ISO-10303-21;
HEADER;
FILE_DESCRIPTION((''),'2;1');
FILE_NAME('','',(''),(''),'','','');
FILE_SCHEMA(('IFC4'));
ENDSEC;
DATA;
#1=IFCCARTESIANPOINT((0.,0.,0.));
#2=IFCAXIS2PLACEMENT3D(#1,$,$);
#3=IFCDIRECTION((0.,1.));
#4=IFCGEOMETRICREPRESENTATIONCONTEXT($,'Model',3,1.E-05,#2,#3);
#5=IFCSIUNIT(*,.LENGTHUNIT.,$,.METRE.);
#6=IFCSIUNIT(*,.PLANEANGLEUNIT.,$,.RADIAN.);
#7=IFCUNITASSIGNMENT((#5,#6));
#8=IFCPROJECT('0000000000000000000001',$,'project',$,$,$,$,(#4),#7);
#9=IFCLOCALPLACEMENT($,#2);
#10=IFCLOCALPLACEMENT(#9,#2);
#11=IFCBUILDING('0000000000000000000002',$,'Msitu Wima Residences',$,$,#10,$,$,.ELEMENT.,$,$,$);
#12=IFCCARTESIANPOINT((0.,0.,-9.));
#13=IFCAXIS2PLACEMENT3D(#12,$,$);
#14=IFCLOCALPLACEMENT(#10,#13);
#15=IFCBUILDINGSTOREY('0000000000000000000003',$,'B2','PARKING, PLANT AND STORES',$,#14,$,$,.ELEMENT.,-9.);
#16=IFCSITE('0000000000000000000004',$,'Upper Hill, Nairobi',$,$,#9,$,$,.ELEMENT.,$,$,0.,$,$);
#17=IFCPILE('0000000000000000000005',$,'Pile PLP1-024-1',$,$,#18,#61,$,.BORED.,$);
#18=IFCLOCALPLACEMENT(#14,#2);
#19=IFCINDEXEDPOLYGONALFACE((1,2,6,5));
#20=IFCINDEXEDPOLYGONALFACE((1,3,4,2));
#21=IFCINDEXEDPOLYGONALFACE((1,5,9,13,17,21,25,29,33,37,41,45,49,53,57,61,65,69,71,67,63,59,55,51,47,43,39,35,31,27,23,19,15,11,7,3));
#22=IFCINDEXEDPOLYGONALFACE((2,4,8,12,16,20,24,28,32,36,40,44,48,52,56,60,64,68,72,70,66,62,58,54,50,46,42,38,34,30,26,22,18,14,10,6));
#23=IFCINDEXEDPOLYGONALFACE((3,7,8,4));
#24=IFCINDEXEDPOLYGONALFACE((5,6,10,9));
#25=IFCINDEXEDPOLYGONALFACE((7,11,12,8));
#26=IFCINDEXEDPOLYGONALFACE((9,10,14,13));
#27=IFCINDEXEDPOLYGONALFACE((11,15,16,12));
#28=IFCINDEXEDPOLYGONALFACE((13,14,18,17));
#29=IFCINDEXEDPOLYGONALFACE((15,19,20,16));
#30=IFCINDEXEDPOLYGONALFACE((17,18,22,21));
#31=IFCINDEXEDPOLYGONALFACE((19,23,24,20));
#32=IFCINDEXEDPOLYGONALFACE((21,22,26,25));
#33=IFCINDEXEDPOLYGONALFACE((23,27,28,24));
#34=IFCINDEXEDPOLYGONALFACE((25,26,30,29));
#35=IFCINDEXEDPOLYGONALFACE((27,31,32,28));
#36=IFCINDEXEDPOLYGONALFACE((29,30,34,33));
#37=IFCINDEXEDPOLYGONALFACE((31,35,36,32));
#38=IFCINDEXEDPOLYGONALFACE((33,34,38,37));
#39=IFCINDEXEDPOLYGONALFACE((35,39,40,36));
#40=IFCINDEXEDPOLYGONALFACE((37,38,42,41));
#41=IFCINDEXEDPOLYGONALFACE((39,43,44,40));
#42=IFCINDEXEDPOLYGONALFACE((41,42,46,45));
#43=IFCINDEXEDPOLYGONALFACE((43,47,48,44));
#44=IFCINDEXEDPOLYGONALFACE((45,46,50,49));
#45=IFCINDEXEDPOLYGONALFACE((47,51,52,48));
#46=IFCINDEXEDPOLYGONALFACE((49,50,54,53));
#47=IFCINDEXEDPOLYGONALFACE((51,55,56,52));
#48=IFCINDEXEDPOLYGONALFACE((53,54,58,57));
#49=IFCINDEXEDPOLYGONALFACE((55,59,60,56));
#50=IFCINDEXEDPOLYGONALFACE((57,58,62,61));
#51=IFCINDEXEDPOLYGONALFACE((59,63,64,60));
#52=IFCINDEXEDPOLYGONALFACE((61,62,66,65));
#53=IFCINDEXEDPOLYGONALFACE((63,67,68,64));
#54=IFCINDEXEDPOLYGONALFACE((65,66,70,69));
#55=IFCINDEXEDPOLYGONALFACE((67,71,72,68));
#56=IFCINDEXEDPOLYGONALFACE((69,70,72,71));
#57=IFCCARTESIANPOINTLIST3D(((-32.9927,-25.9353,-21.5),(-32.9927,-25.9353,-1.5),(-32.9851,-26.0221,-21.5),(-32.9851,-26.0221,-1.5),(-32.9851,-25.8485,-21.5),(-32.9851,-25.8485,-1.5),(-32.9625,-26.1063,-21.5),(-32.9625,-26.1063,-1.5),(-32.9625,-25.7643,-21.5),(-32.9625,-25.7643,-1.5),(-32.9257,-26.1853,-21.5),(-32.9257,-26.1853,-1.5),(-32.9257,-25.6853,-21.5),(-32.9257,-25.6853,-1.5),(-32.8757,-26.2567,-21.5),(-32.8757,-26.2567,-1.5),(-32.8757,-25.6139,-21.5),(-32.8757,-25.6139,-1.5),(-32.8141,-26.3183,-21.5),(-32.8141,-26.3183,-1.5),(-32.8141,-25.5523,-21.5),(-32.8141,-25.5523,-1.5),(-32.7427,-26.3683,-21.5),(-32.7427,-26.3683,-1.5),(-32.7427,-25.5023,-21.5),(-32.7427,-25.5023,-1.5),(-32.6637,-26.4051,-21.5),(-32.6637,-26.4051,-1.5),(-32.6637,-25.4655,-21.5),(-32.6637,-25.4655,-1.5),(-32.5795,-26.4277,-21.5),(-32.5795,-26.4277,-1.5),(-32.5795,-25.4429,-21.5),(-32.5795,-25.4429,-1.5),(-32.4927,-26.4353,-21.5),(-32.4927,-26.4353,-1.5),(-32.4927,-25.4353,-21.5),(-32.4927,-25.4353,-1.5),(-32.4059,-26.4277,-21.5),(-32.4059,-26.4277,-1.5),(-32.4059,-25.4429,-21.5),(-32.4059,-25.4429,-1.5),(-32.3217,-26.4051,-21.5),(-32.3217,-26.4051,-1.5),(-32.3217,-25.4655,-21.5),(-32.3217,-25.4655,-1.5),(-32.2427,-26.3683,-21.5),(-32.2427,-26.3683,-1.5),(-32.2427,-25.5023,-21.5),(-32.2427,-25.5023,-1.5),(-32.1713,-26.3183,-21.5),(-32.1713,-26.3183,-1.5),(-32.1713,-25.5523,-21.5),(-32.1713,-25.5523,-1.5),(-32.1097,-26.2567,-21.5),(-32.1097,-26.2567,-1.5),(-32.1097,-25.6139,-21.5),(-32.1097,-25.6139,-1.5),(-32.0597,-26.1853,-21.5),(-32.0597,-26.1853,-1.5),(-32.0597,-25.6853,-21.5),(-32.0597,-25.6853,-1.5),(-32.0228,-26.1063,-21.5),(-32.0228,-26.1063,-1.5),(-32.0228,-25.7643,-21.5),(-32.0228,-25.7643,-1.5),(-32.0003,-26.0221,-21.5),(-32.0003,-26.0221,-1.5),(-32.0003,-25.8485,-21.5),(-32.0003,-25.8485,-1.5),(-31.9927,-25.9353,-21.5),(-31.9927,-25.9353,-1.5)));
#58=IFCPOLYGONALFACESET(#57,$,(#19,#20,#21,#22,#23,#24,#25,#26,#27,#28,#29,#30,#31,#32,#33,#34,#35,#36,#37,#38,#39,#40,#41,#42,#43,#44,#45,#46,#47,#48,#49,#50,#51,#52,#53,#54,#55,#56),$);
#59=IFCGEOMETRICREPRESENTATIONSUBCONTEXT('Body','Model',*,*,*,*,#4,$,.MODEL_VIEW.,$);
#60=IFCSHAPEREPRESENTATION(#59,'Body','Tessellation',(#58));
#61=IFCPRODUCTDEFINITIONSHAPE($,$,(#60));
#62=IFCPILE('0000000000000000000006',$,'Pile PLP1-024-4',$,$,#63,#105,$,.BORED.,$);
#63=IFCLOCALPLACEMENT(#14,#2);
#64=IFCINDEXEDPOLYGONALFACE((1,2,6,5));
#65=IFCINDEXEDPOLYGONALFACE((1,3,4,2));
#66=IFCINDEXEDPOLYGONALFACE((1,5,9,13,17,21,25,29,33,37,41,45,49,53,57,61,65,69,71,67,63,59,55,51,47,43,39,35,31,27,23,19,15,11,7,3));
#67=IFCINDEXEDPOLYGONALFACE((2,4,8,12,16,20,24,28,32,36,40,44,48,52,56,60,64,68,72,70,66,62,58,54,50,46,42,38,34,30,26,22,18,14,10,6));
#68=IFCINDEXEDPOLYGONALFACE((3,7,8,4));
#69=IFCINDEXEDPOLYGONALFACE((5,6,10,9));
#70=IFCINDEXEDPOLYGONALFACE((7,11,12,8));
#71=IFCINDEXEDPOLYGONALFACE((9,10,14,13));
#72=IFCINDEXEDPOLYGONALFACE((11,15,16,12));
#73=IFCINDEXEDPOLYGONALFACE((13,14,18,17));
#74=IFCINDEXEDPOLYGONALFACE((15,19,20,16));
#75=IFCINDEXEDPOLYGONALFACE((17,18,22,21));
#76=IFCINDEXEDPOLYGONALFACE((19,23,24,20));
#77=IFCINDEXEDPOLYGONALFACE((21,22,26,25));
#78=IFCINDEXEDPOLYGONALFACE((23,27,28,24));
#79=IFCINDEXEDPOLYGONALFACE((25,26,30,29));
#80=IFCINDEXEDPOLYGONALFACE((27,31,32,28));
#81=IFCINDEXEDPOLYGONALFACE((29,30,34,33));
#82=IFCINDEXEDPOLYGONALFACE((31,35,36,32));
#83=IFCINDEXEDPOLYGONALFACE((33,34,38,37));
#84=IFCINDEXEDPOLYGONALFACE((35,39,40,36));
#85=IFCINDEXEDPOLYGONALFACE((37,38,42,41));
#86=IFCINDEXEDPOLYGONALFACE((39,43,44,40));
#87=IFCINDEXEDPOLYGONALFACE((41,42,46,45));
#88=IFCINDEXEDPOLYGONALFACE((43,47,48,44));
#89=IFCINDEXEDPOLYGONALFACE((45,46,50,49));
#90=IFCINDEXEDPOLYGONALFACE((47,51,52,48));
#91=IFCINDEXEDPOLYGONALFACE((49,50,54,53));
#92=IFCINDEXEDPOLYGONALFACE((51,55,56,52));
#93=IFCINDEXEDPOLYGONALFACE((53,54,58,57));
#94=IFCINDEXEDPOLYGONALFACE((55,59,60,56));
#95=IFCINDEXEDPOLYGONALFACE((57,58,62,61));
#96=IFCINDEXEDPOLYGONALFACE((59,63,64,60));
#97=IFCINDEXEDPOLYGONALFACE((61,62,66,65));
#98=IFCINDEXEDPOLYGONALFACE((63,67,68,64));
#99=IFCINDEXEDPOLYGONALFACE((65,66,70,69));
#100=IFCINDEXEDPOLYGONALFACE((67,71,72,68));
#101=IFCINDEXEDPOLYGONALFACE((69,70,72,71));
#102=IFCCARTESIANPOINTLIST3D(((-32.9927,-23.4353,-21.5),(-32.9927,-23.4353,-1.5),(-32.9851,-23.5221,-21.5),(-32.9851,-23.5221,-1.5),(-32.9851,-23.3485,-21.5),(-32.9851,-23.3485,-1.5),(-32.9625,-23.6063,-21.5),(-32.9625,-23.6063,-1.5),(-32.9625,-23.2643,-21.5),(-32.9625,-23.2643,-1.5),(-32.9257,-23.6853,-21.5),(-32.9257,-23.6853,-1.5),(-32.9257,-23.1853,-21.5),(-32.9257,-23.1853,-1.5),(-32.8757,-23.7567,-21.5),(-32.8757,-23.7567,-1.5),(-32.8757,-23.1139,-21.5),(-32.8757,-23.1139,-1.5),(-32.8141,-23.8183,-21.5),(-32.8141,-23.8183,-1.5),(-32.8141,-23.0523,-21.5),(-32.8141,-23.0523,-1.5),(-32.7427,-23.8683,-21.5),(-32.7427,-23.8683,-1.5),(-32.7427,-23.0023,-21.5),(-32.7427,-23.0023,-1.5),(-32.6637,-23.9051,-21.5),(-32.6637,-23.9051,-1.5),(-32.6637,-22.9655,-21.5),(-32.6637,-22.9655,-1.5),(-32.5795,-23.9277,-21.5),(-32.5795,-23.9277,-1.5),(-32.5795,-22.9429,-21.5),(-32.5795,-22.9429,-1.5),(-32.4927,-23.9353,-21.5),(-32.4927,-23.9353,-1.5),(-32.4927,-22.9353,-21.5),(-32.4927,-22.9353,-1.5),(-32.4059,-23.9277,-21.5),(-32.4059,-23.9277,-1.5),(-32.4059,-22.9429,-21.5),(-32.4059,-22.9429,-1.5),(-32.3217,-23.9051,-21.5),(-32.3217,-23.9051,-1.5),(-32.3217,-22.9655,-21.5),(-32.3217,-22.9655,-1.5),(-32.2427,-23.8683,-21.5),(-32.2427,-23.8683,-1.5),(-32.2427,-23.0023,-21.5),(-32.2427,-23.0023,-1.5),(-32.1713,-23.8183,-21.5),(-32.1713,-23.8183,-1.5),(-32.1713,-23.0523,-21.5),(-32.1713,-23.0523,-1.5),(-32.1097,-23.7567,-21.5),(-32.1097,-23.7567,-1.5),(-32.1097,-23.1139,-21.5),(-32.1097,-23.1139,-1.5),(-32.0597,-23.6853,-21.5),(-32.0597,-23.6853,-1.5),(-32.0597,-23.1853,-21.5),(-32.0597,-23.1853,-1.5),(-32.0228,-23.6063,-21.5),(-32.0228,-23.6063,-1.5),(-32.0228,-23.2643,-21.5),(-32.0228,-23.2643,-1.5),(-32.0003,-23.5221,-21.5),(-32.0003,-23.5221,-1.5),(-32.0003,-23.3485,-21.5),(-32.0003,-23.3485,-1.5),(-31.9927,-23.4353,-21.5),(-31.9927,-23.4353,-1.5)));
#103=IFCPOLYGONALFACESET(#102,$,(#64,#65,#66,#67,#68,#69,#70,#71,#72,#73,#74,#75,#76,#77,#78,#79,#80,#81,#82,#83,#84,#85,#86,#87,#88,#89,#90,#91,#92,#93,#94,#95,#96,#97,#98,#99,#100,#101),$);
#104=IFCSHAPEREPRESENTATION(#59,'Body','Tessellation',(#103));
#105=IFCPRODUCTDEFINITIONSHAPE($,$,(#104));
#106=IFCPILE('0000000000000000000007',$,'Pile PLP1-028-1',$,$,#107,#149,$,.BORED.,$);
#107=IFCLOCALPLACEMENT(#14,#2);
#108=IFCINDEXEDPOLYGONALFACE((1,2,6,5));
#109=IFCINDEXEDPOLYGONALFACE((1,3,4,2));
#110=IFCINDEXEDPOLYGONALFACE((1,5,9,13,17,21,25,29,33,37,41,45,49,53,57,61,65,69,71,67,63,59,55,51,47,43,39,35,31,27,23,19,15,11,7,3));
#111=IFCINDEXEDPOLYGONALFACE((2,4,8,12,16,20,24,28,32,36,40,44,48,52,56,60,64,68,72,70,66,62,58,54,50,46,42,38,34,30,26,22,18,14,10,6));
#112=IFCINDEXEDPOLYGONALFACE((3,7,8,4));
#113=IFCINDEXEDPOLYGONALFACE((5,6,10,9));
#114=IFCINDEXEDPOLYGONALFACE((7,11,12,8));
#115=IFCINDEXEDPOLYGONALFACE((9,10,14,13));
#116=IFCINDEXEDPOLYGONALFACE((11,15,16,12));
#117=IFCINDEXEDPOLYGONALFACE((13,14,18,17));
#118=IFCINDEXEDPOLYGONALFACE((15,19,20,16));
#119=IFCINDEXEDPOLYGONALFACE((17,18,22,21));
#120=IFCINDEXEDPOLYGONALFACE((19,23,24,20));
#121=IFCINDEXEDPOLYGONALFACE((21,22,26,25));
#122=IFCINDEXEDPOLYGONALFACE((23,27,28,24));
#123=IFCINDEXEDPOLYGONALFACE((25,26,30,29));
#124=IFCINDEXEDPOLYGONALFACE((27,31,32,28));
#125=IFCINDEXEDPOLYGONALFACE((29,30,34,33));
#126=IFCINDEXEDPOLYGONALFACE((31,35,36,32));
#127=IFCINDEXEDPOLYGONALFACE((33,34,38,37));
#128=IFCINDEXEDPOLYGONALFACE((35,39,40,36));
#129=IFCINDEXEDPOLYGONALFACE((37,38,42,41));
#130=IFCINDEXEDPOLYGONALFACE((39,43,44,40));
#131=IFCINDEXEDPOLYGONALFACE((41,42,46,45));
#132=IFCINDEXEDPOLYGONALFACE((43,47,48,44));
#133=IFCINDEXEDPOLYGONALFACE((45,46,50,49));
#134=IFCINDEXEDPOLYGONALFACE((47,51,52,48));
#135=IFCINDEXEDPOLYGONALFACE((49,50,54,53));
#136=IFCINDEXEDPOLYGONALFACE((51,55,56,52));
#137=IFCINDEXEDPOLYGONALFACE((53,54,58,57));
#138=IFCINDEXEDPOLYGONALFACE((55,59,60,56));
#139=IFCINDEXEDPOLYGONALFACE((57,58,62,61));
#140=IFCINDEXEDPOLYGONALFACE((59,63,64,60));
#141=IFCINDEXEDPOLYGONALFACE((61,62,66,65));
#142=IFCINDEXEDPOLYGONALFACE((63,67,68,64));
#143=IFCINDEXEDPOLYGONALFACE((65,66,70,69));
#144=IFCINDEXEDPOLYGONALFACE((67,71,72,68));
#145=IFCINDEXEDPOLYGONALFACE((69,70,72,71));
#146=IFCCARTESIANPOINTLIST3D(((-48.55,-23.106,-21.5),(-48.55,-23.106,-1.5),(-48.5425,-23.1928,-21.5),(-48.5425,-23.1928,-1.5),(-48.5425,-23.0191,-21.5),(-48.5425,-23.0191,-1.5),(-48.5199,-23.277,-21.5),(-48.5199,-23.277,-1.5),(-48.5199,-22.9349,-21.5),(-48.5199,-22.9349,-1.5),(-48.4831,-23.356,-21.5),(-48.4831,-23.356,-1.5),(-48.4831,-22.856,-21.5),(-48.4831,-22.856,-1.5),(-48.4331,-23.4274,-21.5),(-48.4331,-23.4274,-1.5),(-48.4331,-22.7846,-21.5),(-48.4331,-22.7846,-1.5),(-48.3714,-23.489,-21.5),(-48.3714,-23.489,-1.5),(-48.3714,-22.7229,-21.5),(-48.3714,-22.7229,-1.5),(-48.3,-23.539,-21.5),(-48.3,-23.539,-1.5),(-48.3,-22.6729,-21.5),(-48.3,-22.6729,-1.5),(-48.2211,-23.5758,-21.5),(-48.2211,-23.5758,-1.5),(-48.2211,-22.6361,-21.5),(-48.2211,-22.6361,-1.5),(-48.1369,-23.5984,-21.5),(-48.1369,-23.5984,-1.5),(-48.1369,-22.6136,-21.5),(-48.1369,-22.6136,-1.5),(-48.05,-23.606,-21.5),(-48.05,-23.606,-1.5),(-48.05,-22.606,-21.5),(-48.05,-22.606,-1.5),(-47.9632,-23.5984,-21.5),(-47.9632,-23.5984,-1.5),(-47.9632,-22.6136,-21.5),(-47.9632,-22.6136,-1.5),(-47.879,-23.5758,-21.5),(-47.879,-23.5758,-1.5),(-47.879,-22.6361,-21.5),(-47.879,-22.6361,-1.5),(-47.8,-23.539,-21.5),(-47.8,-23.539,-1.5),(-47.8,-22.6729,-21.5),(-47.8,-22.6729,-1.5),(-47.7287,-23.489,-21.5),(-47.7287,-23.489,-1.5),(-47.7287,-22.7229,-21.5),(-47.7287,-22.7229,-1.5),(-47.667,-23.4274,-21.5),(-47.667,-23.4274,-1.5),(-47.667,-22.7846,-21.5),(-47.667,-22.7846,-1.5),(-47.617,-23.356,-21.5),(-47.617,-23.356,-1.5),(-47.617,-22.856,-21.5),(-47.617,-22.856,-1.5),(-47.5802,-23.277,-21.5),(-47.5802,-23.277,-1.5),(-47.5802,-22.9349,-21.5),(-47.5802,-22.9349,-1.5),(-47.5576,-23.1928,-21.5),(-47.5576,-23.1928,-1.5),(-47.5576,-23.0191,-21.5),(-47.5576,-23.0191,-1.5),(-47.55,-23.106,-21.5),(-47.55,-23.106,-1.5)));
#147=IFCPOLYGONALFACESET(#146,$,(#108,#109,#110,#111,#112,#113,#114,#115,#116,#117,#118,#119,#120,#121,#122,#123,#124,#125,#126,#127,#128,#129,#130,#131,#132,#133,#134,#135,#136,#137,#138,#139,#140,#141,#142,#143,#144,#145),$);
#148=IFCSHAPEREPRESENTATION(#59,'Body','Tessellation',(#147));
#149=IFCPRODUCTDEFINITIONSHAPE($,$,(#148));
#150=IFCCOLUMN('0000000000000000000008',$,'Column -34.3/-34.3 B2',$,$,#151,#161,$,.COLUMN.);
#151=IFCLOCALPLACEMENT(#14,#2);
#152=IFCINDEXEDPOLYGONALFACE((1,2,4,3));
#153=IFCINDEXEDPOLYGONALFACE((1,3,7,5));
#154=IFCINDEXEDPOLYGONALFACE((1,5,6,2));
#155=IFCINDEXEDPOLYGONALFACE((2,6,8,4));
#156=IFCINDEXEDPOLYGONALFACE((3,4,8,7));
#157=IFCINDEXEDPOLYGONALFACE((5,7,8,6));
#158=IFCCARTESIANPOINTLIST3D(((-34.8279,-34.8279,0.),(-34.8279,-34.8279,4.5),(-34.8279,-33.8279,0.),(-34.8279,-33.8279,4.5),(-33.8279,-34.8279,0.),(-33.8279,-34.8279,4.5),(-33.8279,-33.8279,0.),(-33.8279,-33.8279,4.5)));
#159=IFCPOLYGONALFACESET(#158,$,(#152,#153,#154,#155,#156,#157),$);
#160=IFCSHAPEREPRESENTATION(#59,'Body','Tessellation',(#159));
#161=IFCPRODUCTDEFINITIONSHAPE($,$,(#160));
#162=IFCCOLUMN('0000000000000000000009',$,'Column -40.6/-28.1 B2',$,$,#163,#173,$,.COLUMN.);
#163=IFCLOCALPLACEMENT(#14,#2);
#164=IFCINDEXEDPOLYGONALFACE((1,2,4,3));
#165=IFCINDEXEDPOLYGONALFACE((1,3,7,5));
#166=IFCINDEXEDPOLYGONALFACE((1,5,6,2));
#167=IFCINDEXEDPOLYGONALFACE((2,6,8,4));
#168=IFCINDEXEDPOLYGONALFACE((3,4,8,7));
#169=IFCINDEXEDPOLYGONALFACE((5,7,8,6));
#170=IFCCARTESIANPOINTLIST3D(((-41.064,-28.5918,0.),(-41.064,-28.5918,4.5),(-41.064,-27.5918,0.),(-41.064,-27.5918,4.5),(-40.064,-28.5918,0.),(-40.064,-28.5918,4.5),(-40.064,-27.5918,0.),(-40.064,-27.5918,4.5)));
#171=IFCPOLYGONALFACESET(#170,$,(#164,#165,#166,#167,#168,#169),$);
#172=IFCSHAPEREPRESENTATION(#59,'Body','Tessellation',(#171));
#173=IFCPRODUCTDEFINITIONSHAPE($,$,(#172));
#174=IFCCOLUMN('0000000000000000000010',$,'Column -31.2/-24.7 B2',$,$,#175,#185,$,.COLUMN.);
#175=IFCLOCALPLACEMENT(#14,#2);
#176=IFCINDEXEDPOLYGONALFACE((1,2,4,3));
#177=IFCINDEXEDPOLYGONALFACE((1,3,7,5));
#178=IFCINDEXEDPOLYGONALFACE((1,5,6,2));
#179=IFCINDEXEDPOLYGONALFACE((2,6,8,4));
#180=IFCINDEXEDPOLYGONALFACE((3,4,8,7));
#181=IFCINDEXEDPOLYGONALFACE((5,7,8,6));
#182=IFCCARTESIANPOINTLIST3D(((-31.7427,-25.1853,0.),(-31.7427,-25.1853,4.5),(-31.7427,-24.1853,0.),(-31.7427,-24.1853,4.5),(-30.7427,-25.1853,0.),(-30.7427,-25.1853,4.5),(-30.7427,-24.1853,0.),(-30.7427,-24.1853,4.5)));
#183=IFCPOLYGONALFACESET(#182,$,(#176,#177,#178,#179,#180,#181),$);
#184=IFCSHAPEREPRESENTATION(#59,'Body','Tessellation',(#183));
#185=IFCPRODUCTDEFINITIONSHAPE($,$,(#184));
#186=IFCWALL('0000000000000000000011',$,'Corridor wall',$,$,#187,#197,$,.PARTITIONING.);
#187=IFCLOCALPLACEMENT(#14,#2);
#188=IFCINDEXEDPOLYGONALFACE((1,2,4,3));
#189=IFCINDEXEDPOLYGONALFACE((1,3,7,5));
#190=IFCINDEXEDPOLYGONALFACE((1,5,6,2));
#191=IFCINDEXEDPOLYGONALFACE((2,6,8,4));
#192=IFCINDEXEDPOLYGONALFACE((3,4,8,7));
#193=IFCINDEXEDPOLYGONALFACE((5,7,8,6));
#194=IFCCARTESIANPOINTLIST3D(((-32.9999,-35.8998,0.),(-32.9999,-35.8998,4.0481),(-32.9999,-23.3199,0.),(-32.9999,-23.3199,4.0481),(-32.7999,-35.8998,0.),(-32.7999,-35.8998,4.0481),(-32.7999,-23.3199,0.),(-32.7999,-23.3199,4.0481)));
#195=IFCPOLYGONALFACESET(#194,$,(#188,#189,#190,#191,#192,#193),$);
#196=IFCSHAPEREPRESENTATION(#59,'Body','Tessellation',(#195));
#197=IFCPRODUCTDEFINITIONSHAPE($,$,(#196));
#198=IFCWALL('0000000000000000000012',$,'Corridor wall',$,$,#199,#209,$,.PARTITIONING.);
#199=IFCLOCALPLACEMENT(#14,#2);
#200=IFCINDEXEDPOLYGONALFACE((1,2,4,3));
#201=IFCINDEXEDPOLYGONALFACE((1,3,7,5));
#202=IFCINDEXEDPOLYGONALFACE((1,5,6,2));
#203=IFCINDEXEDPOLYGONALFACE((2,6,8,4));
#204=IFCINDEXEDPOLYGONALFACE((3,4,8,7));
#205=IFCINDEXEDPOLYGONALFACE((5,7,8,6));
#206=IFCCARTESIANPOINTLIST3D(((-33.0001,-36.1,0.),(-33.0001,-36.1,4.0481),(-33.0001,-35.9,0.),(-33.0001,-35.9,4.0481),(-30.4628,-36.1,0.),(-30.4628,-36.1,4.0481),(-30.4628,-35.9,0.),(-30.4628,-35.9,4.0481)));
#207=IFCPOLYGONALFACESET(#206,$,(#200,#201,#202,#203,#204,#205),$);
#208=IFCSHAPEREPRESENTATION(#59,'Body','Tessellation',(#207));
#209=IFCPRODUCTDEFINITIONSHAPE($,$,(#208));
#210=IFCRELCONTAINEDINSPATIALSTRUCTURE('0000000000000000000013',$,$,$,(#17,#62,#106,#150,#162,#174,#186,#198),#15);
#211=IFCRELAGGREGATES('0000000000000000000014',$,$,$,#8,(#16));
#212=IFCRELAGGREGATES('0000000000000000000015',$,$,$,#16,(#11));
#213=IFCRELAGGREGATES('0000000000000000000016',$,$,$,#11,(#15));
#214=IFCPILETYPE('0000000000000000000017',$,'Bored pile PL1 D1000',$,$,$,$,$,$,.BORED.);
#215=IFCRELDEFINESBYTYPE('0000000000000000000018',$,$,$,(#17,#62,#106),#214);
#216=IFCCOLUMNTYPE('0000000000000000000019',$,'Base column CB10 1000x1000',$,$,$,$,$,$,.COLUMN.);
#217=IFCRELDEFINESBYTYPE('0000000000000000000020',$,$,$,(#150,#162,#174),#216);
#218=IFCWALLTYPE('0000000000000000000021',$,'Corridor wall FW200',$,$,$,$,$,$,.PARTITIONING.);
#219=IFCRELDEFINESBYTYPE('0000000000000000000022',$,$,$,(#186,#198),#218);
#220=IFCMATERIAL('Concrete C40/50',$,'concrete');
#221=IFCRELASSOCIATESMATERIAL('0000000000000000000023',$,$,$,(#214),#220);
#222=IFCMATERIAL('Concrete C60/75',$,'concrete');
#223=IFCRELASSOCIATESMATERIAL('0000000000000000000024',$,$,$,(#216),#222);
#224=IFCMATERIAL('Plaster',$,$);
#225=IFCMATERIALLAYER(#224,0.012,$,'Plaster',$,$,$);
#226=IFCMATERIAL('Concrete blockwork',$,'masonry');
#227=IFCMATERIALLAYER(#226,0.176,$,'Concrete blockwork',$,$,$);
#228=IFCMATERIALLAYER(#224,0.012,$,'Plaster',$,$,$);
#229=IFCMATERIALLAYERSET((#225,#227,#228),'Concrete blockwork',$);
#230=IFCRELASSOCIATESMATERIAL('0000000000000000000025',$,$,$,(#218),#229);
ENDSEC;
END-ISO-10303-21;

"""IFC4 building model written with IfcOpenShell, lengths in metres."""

from ifc_helpers import new_model, si_unit, direction, frame, frame_2d, origin, origin_2d, place, context, subcontext, project, spatial, rectangle, circle, extrude, material, layer, layer_set, material_profile, profile_set, type_object, element, save


model = new_model("IFC4")

# Units and contexts
model_context = context("Model", 3, precision=1e-05, world=origin(), true_north=direction((0.0, 1.0)))
body_context = subcontext(model_context, "Body", "Model", "MODEL_VIEW")
ifc_project = project(units=[si_unit("LENGTHUNIT", "METRE"), si_unit("PLANEANGLEUNIT", "RADIAN")], contexts=[model_context])

# Site, building, storey
site_placement = place(None, origin())
site = spatial("IfcSite", under=ifc_project, at=site_placement, Name="Upper Hill, Nairobi", CompositionType="ELEMENT", RefElevation=0.0)
building_placement = place(site_placement, origin())
building = spatial("IfcBuilding", under=site, at=building_placement, Name="Msitu Wima Residences", CompositionType="ELEMENT")
storey_placement = place(building_placement, frame((0.0, 0.0, -9.0)))
storey = spatial("IfcBuildingStorey", under=building, at=storey_placement, Name="B2", Description="PARKING, PLANT AND STORES", CompositionType="ELEMENT", Elevation=-9.0)

# Piles
ifc_material_1 = material(Name="Concrete C40/50", Category="concrete")
pile_type = type_object("IfcPileType", Name="Bored pile PL1 D1000", PredefinedType="BORED", material=ifc_material_1)
for number, where, z_axis, x_axis, name in (
    (1, (-32.4927, -25.9353, -1.5), (0.0, 0.0, -1.0), (1.0, 0.0, 0.0), "Pile PLP1-024-1"),
    (2, (-32.4927, -23.4353, -1.5), (0.0, 0.0, -1.0), (1.0, 0.0, 0.0), "Pile PLP1-024-4"),
    (3, (-48.05, -23.106, -1.5), (0.0, 0.0, -1.0), (1.0, 0.0, 0.0), "Pile PLP1-028-1"),
):
    element("IfcPile", number, at=place(storey_placement, frame(where, z_axis=z_axis, x_axis=x_axis)), inside=storey, type_object=pile_type, Name=name, PredefinedType="BORED", context=body_context, shape_type="SweptSolid", body=[
        extrude(circle(Radius=0.5, at=origin_2d()), origin(), (0.0, 0.0, 1.0), 20.0),
    ])

# Columns
ifc_material_2 = material(Name="Concrete C60/75", Category="concrete")
ifc_material_profile = material_profile(ifc_material_2, rectangle(XDim=1.0, YDim=1.0, at=origin_2d()), Name="RC 1000x1000")
ifc_profile_set = profile_set([ifc_material_profile], Name="Concrete C60/75")
column_type = type_object("IfcColumnType", Name="Base column CB10 1000x1000", PredefinedType="COLUMN", material=ifc_profile_set)
for number, where, z_axis, x_axis, name in (
    (4, (-34.3279, -34.3279, 0.0), (0.0, 0.0, 1.0), (1.0, 0.0, 0.0), "Column -34.3/-34.3 B2"),
    (5, (-40.564, -28.0918, 0.0), (0.0, 0.0, 1.0), (1.0, 0.0, 0.0), "Column -40.6/-28.1 B2"),
    (6, (-31.2427, -24.6853, 0.0), (0.0, 0.0, 1.0), (1.0, 0.0, 0.0), "Column -31.2/-24.7 B2"),
):
    element("IfcColumn", number, at=place(storey_placement, frame(where, z_axis=z_axis, x_axis=x_axis)), inside=storey, type_object=column_type, Name=name, PredefinedType="COLUMN", context=body_context, shape_type="SweptSolid", body=[
        extrude(rectangle(XDim=1.0, YDim=1.0, at=origin_2d()), origin(), (0.0, 0.0, 1.0), 4.5),
    ])

# Walls
ifc_material_3 = material(Name="Plaster")
ifc_layer_1 = layer(ifc_material_3, 0.012, Name="Plaster")
ifc_material_4 = material(Name="Concrete blockwork", Category="masonry")
ifc_layer_2 = layer(ifc_material_4, 0.176, Name="Concrete blockwork")
ifc_layer_3 = layer(ifc_material_3, 0.012, Name="Plaster")
ifc_layer_set_1 = layer_set([ifc_layer_1, ifc_layer_2, ifc_layer_3], Name="Concrete blockwork")
wall_type_1 = type_object("IfcWallType", Name="Corridor wall FW200", PredefinedType="PARTITIONING", material=ifc_layer_set_1)
wall_1_placement = place(storey_placement, frame((-32.8999, -35.8999, 0.0), z_axis=(0.0, 0.0, 1.0), x_axis=(0.0, 1.0, 0.0)))
element("IfcWall", 7, at=wall_1_placement, inside=storey, type_object=wall_type_1, Name="Corridor wall", PredefinedType="PARTITIONING", context=body_context, shape_type="SweptSolid", body=[
    extrude(rectangle(XDim=12.5798, YDim=0.2, at=frame_2d((6.29, 0.0))), origin(), (0.0, 0.0, 1.0), 4.0481),
])
wall_2_placement = place(storey_placement, frame((-33.0, -36.0, 0.0), z_axis=(0.0, 0.0, 1.0), x_axis=(1.0, 0.0, 0.0)))
element("IfcWall", 8, at=wall_2_placement, inside=storey, type_object=wall_type_1, Name="Corridor wall", PredefinedType="PARTITIONING", context=body_context, shape_type="SweptSolid", body=[
    extrude(rectangle(XDim=2.5374, YDim=0.2, at=frame_2d((1.2686, 0.0))), origin(), (0.0, 0.0, 1.0), 4.0481),
])

save(model, "model.ifc")
